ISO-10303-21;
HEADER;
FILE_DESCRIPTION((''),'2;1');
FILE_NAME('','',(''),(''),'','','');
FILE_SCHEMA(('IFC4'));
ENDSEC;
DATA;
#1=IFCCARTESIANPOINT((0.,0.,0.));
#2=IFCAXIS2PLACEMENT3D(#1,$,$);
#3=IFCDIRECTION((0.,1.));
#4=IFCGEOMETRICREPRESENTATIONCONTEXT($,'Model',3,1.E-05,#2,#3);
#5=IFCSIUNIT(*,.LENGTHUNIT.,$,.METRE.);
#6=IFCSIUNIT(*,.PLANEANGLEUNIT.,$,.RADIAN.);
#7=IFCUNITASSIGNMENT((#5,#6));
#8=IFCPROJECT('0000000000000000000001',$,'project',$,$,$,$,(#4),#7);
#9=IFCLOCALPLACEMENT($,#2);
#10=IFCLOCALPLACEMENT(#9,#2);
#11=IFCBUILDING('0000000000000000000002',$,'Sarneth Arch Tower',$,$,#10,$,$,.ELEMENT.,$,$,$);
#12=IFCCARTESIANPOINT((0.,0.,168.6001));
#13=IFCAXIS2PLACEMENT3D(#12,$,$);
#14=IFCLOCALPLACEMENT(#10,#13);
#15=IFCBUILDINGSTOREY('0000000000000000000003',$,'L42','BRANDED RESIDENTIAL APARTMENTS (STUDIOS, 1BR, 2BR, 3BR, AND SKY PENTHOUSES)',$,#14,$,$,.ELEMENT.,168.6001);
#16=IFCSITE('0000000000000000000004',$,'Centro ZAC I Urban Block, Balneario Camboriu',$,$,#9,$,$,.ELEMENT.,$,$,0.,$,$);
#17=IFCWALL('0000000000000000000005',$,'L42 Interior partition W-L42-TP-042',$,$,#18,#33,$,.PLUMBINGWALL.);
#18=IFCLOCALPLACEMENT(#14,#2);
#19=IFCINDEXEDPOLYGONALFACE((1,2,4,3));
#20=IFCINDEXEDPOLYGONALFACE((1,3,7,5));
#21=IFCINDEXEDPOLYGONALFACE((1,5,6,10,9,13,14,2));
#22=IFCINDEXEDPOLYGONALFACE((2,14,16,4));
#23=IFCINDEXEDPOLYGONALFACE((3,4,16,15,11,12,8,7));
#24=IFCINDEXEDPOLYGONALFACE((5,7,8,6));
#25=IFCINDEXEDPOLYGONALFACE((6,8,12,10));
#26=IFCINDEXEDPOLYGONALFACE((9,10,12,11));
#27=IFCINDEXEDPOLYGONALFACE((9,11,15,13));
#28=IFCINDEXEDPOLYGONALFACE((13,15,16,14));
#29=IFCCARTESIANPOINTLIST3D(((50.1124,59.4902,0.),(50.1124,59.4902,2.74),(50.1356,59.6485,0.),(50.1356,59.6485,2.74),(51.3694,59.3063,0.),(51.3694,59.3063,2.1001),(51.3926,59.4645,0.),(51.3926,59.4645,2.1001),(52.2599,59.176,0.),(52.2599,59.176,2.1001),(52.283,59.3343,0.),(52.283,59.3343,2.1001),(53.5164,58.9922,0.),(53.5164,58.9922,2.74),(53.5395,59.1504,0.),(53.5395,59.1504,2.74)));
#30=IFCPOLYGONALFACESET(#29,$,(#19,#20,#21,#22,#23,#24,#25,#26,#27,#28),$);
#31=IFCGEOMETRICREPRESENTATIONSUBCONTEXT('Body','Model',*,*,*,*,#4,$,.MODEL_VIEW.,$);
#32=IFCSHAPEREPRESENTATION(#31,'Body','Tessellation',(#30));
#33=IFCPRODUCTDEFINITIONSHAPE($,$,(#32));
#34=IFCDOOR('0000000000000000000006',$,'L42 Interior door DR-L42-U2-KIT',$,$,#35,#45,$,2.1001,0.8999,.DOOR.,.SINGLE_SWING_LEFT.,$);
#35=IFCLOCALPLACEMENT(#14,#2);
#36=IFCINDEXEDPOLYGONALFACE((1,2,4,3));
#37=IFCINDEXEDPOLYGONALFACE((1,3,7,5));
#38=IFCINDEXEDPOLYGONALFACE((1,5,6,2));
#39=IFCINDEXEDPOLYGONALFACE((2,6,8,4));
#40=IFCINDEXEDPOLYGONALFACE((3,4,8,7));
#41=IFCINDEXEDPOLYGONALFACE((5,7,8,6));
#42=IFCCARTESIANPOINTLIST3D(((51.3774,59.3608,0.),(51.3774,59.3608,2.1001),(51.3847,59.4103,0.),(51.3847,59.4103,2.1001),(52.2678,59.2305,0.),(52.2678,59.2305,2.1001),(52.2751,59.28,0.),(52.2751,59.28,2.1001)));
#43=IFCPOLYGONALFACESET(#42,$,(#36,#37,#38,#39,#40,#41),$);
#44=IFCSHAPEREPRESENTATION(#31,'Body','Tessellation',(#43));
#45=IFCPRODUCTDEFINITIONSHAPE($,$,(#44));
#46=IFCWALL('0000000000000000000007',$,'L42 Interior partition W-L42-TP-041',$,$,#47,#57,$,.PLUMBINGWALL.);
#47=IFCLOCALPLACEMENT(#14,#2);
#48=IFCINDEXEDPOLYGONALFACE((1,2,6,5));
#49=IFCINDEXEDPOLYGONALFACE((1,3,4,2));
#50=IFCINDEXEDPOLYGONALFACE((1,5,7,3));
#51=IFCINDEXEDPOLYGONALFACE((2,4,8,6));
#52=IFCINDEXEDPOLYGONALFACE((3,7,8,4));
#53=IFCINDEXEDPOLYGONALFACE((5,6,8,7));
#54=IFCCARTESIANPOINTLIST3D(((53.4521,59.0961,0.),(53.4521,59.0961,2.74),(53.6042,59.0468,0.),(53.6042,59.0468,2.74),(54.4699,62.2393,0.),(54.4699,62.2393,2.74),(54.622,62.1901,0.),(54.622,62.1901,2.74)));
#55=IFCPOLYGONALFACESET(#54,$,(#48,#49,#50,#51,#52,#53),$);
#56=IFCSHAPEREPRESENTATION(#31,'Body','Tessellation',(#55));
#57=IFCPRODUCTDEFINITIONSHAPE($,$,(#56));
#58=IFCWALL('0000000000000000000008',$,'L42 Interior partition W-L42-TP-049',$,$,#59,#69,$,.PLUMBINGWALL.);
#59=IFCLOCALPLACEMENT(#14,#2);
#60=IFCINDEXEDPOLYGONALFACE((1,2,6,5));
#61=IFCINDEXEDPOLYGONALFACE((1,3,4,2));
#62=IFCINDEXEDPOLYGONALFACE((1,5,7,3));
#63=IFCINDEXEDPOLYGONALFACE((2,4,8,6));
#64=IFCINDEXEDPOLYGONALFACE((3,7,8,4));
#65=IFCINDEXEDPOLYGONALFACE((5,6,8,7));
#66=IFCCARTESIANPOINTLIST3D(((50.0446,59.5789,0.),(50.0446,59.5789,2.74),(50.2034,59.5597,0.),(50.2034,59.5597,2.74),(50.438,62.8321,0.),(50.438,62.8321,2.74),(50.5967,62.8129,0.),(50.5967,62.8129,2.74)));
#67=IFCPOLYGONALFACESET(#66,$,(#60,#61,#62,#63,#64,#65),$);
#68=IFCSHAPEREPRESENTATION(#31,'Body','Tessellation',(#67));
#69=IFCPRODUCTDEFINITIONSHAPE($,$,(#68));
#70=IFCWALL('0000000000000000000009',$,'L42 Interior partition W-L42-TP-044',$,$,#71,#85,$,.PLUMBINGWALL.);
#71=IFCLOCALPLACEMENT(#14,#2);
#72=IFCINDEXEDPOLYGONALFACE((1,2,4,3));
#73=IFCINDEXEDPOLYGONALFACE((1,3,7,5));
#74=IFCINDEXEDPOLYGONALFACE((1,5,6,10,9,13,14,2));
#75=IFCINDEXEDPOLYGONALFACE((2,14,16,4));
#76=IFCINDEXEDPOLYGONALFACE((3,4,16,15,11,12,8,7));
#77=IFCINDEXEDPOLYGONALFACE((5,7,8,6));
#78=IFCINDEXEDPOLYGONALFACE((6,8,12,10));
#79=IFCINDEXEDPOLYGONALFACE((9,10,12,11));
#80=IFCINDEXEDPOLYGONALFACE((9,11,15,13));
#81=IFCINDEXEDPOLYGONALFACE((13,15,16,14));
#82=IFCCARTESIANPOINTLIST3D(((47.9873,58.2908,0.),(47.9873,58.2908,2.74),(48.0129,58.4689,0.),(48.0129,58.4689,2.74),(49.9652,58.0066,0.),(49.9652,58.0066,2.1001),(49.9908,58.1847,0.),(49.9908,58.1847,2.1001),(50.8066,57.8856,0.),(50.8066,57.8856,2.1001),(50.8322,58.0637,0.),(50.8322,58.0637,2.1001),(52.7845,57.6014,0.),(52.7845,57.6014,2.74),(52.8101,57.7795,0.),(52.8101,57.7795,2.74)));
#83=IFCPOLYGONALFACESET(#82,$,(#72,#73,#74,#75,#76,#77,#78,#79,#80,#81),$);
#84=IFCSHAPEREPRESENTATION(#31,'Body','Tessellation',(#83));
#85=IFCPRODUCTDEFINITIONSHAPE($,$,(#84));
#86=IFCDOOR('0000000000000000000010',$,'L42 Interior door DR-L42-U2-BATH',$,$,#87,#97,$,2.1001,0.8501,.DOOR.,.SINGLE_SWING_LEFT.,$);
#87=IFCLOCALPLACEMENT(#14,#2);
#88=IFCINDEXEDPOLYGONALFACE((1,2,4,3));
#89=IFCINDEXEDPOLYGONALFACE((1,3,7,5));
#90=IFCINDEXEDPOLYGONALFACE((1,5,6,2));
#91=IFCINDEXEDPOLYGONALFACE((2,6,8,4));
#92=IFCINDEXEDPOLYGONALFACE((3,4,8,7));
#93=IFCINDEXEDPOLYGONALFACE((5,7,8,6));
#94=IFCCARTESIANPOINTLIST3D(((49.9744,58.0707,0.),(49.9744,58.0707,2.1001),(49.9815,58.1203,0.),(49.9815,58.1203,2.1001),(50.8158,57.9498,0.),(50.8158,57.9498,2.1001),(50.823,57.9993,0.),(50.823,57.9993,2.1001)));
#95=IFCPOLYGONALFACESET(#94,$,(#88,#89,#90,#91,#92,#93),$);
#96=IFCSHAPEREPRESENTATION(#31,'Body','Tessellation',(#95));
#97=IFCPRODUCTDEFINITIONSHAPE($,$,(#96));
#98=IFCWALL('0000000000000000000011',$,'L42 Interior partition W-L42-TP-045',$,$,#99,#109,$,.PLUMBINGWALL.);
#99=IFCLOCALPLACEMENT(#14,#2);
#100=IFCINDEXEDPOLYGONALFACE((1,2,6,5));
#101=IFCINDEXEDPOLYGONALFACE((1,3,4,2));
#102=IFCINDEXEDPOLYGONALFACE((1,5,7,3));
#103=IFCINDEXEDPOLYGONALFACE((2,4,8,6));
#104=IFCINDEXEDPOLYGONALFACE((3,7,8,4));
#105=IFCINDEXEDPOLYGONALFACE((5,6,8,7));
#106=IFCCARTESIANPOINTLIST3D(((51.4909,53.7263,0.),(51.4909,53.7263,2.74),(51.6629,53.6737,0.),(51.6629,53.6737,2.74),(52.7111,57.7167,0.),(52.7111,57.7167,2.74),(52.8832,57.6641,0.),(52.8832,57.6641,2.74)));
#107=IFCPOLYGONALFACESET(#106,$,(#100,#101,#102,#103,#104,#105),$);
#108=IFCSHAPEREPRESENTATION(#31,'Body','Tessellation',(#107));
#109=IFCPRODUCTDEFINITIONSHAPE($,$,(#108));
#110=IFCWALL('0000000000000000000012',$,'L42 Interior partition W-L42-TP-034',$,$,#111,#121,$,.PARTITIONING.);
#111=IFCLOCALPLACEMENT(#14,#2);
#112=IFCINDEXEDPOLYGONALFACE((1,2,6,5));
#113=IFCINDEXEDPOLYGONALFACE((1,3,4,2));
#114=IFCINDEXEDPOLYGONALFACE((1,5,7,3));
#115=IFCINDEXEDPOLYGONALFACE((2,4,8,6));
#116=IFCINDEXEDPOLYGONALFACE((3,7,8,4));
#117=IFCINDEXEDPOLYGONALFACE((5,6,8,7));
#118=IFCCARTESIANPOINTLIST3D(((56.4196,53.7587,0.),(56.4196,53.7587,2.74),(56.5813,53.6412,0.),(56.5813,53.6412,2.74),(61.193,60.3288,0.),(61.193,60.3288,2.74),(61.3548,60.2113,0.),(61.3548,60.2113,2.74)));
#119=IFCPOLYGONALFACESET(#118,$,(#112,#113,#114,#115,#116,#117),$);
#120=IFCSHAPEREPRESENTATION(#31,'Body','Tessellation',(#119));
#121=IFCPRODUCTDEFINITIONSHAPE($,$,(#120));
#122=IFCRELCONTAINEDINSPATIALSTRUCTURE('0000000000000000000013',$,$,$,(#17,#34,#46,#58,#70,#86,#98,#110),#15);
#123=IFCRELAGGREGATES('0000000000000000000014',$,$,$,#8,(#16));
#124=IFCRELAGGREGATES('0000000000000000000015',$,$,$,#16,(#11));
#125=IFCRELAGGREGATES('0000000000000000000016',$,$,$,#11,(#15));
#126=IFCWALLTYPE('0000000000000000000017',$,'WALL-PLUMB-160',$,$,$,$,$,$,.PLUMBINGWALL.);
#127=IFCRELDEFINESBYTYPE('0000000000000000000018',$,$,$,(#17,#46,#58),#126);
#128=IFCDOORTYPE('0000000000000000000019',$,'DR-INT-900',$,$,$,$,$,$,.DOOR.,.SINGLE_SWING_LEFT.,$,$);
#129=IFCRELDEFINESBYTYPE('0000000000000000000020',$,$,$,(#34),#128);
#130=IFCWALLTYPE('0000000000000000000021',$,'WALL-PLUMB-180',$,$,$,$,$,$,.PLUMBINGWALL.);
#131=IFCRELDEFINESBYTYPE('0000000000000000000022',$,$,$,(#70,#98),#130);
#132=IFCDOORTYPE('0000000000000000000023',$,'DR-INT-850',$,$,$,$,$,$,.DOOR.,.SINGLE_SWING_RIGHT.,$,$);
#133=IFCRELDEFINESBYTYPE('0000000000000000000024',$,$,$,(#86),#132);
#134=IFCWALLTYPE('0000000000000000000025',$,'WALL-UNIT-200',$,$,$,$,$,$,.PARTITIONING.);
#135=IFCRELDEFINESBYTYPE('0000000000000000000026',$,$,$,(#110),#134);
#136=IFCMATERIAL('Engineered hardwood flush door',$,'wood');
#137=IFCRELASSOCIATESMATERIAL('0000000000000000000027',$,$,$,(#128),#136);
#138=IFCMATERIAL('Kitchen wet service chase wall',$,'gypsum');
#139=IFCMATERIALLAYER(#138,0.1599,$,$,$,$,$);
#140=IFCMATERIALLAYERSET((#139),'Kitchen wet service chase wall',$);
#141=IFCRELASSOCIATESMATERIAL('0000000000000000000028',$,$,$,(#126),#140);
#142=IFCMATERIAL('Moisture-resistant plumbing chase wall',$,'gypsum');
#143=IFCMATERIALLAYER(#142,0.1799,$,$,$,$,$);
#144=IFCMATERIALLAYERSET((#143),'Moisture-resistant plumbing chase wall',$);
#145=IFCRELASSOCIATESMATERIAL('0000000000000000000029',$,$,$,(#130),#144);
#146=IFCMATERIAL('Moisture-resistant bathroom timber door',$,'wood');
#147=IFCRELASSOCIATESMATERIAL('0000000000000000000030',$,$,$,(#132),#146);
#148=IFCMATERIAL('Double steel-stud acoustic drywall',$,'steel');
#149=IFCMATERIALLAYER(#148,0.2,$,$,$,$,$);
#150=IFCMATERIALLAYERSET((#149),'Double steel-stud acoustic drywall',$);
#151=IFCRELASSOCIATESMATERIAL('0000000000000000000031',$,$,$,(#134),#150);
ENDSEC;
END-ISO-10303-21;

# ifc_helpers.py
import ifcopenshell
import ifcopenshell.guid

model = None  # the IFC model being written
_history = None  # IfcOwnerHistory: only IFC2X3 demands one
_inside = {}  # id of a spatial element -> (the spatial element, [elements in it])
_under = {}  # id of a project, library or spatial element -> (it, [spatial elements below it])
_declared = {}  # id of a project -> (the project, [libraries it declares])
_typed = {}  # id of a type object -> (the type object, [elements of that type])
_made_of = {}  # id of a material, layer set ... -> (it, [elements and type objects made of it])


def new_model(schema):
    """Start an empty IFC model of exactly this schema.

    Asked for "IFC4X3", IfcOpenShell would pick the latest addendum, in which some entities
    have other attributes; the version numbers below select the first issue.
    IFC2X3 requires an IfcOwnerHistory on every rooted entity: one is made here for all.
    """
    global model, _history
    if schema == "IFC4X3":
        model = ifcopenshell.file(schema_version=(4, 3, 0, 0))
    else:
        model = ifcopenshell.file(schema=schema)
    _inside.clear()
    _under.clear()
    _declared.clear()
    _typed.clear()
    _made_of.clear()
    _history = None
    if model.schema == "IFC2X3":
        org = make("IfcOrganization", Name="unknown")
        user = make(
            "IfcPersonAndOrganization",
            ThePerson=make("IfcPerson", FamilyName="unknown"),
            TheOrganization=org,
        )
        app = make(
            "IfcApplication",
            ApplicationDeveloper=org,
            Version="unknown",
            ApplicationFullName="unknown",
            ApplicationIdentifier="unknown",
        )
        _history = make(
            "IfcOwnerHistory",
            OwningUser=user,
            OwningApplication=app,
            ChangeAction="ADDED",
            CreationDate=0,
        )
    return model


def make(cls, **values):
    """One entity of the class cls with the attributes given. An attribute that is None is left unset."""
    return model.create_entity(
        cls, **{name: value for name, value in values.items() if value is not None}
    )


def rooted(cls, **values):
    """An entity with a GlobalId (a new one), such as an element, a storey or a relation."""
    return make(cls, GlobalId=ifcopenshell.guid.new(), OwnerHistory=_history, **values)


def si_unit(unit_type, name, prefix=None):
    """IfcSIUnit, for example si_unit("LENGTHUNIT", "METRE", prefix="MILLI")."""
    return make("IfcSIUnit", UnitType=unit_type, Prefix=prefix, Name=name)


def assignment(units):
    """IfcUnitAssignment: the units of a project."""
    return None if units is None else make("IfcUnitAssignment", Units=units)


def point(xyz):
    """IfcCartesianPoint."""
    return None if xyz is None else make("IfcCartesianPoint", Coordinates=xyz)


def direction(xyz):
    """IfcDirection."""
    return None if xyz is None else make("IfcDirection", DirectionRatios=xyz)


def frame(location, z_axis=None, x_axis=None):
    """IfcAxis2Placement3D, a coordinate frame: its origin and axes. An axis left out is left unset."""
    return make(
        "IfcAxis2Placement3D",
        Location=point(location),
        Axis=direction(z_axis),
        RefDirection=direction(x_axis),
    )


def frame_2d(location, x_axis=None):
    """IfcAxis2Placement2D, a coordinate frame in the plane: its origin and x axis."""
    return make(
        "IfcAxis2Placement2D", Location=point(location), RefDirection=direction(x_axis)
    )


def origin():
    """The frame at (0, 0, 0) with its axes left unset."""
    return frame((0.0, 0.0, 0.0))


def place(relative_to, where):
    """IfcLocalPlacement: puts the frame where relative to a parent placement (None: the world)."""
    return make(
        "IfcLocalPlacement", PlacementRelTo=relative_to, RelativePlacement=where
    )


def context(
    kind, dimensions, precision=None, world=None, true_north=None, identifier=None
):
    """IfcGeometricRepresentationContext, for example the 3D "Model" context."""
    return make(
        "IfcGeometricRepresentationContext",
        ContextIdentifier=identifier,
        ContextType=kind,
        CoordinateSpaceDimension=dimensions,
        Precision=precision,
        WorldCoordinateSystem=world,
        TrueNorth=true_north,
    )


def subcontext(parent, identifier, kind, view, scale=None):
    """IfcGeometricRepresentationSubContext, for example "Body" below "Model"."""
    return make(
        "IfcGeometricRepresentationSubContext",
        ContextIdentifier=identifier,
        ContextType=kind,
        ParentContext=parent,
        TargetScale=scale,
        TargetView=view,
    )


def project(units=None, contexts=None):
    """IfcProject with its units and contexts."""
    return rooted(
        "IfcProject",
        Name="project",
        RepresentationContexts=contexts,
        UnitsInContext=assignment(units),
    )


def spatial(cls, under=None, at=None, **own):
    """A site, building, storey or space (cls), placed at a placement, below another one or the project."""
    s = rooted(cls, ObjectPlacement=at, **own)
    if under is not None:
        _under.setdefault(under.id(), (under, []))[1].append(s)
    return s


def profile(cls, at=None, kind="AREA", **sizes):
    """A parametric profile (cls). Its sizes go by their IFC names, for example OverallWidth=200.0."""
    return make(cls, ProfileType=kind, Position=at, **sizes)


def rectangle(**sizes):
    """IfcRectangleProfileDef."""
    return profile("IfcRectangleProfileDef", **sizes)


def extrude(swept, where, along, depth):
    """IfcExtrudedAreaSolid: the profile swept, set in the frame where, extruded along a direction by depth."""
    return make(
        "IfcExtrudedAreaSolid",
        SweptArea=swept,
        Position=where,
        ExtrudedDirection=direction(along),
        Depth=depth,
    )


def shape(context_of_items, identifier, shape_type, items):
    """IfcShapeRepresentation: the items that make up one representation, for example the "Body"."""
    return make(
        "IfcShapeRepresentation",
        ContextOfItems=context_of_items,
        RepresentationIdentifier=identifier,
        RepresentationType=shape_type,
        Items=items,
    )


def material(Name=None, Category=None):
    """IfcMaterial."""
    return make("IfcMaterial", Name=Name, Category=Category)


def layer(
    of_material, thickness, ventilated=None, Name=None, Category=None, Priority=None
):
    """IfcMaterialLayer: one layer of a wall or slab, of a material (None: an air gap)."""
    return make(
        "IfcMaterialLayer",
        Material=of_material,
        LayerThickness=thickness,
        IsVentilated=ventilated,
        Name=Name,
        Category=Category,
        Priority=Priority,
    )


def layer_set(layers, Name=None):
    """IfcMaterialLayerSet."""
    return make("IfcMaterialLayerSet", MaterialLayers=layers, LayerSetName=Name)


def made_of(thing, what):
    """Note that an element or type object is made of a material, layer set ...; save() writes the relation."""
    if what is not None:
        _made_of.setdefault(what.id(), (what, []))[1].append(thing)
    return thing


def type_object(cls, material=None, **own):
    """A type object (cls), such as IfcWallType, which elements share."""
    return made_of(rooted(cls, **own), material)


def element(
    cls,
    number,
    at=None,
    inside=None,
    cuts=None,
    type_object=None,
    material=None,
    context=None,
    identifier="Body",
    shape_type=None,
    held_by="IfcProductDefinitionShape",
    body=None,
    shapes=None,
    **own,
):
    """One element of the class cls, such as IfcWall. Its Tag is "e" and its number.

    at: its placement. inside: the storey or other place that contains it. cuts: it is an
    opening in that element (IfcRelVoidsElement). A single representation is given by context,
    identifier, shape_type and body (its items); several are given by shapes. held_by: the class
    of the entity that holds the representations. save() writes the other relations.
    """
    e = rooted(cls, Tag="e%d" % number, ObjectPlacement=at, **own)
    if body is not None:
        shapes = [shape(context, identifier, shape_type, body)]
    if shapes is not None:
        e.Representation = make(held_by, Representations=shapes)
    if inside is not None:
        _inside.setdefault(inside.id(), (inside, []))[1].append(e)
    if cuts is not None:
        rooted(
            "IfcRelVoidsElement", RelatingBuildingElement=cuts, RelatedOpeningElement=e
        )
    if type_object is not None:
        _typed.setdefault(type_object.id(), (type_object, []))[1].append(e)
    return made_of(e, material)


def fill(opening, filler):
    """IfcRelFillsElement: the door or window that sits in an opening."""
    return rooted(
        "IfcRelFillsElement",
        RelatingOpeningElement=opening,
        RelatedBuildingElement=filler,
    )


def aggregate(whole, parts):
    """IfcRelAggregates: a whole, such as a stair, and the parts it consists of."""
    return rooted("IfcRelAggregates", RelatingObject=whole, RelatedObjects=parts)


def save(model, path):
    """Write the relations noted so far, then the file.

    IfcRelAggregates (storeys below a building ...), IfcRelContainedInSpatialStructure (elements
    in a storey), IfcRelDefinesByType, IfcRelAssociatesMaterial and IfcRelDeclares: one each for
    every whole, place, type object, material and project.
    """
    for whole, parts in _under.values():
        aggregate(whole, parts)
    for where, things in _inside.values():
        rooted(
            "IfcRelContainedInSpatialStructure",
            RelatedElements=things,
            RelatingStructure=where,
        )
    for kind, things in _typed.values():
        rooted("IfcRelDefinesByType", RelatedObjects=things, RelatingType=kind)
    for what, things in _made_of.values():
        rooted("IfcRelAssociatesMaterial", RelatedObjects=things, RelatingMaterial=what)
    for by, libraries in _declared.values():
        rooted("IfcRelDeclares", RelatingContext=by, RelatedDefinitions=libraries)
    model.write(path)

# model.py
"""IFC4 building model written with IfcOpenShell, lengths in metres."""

from ifc_helpers import new_model, si_unit, direction, frame, frame_2d, origin, place, context, subcontext, project, spatial, rectangle, extrude, material, layer, layer_set, type_object, element, fill, save


model = new_model("IFC4")

# Units and contexts
model_context = context("Model", 3, precision=1e-05, world=origin(), true_north=direction((0.0, 1.0)))
body_context = subcontext(model_context, "Body", "Model", "MODEL_VIEW")
ifc_project = project(units=[si_unit("LENGTHUNIT", "METRE"), si_unit("PLANEANGLEUNIT", "RADIAN")], contexts=[model_context])

# Site, building, storey
site_placement = place(None, origin())
site = spatial("IfcSite", under=ifc_project, at=site_placement, Name="Centro ZAC I Urban Block, Balneario Camboriu", CompositionType="ELEMENT", RefElevation=0.0)
building_placement = place(site_placement, origin())
building = spatial("IfcBuilding", under=site, at=building_placement, Name="Sarneth Arch Tower", CompositionType="ELEMENT")
storey_placement = place(building_placement, frame((0.0, 0.0, 168.6001)))
storey = spatial("IfcBuildingStorey", under=building, at=storey_placement, Name="L42", Description="BRANDED RESIDENTIAL APARTMENTS (STUDIOS, 1BR, 2BR, 3BR, AND SKY PENTHOUSES)", CompositionType="ELEMENT", Elevation=168.6001)

# Shared definitions
ifc_material_1 = material(Name="Engineered hardwood flush door", Category="wood")
door_type_1 = type_object("IfcDoorType", Name="DR-INT-900", OperationType="SINGLE_SWING_LEFT", PredefinedType="DOOR", material=ifc_material_1)

# Wall, opening, door
ifc_material_2 = material(Name="Kitchen wet service chase wall", Category="gypsum")
ifc_layer_1 = layer(ifc_material_2, 0.1599)
ifc_layer_set_1 = layer_set([ifc_layer_1], Name="Kitchen wet service chase wall")
wall_type_1 = type_object("IfcWallType", Name="WALL-PLUMB-160", PredefinedType="PLUMBINGWALL", material=ifc_layer_set_1)
wall_1_placement = place(storey_placement, frame((53.5281, 59.0713, 0.0), z_axis=(0.0, 0.0, 1.0), x_axis=(-0.989466, 0.144769, 0.0)))
wall_1 = element("IfcWall", 1, at=wall_1_placement, inside=storey, type_object=wall_type_1, Name="L42 Interior partition W-L42-TP-042", PredefinedType="PLUMBINGWALL", context=body_context, shape_type="SweptSolid", body=[
    extrude(rectangle(XDim=3.4402, YDim=0.1599, at=frame_2d((1.7202, 0.0))), origin(), (0.0, 0.0, 1.0), 2.74),
])
opening_1_placement = place(wall_1_placement, frame((1.27, 0.0, 0.0)))
opening_1 = element("IfcOpeningElement", 2, at=opening_1_placement, cuts=wall_1, PredefinedType="OPENING", context=body_context, shape_type="SweptSolid", body=[
    extrude(rectangle(XDim=0.8999, YDim=2.1001, at=frame_2d((0.45, 1.05))), frame((0.0, 0.0898, 0.0), z_axis=(0.0, -1.0, 0.0), x_axis=(1.0, 0.0, 0.0)), (0.0, 0.0, 1.0), 0.1799),
])
door_1_placement = place(opening_1_placement, origin())
door_1 = element("IfcDoor", 3, at=door_1_placement, inside=storey, type_object=door_type_1, Name="L42 Interior door DR-L42-U2-KIT", OperationType="SINGLE_SWING_LEFT", OverallHeight=2.1001, OverallWidth=0.8999, PredefinedType="DOOR", context=body_context, shape_type="SweptSolid", body=[
    extrude(rectangle(XDim=0.8999, YDim=2.1001, at=frame_2d((0.45, 1.05))), frame((0.0, 0.0249, 0.0), z_axis=(0.0, -1.0, 0.0), x_axis=(1.0, 0.0, 0.0)), (0.0, 0.0, 1.0), 0.05),
])
fill(opening_1, door_1)

# Walls
wall_2_placement = place(storey_placement, frame((54.5459, 62.2146, 0.0), z_axis=(0.0, 0.0, 1.0), x_axis=(-0.308058, -0.951367, 0.0)))
element("IfcWall", 4, at=wall_2_placement, inside=storey, type_object=wall_type_1, Name="L42 Interior partition W-L42-TP-041", PredefinedType="PLUMBINGWALL", context=body_context, shape_type="SweptSolid", body=[
    extrude(rectangle(XDim=3.304, YDim=0.1599, at=frame_2d((1.6519, 0.0))), origin(), (0.0, 0.0, 1.0), 2.74),
])
wall_3_placement = place(storey_placement, frame((50.124, 59.5693, 0.0), z_axis=(0.0, 0.0, 1.0), x_axis=(0.120027, 0.992771, 0.0)))
element("IfcWall", 5, at=wall_3_placement, inside=storey, type_object=wall_type_1, Name="L42 Interior partition W-L42-TP-049", PredefinedType="PLUMBINGWALL", context=body_context, shape_type="SweptSolid", body=[
    extrude(rectangle(XDim=3.2769, YDim=0.1599, at=frame_2d((1.6384, 0.0))), origin(), (0.0, 0.0, 1.0), 2.74),
])

# Wall, opening, door
ifc_material_3 = material(Name="Moisture-resistant plumbing chase wall", Category="gypsum")
ifc_layer_2 = layer(ifc_material_3, 0.1799)
ifc_layer_set_2 = layer_set([ifc_layer_2], Name="Moisture-resistant plumbing chase wall")
wall_type_2 = type_object("IfcWallType", Name="WALL-PLUMB-180", PredefinedType="PLUMBINGWALL", material=ifc_layer_set_2)
wall_4_placement = place(storey_placement, frame((48.0, 58.3799, 0.0), z_axis=(0.0, 0.0, 1.0), x_axis=(0.989829, -0.142261, 0.0)))
wall_4 = element("IfcWall", 6, at=wall_4_placement, inside=storey, type_object=wall_type_2, Name="L42 Interior partition W-L42-TP-044", PredefinedType="PLUMBINGWALL", context=body_context, shape_type="SweptSolid", body=[
    extrude(rectangle(XDim=4.8464, YDim=0.1799, at=frame_2d((2.4233, 0.0))), origin(), (0.0, 0.0, 1.0), 2.74),
])
opening_2_placement = place(wall_4_placement, frame((1.9983, 0.0, 0.0)))
opening_2 = element("IfcOpeningElement", 7, at=opening_2_placement, cuts=wall_4, PredefinedType="OPENING", context=body_context, shape_type="SweptSolid", body=[
    extrude(rectangle(XDim=0.8501, YDim=2.1001, at=frame_2d((0.425, 1.05))), frame((0.0, 0.0999, 0.0), z_axis=(0.0, -1.0, 0.0), x_axis=(1.0, 0.0, 0.0)), (0.0, 0.0, 1.0), 0.2),
])
ifc_material_4 = material(Name="Moisture-resistant bathroom timber door", Category="wood")
door_type_2 = type_object("IfcDoorType", Name="DR-INT-850", OperationType="SINGLE_SWING_RIGHT", PredefinedType="DOOR", material=ifc_material_4)
door_2_placement = place(opening_2_placement, origin())
door_2 = element("IfcDoor", 8, at=door_2_placement, inside=storey, type_object=door_type_2, Name="L42 Interior door DR-L42-U2-BATH", OperationType="SINGLE_SWING_LEFT", OverallHeight=2.1001, OverallWidth=0.8501, PredefinedType="DOOR", context=body_context, shape_type="SweptSolid", body=[
    extrude(rectangle(XDim=0.8501, YDim=2.1001, at=frame_2d((0.425, 1.05))), frame((0.0, 0.0249, 0.0), z_axis=(0.0, -1.0, 0.0), x_axis=(1.0, 0.0, 0.0)), (0.0, 0.0, 1.0), 0.05),
])
fill(opening_2, door_2)

# Walls
wall_5_placement = place(storey_placement, frame((52.7971, 57.6904, 0.0), z_axis=(0.0, 0.0, 1.0), x_axis=(-0.292416, -0.956291, 0.0)))
element("IfcWall", 9, at=wall_5_placement, inside=storey, type_object=wall_type_2, Name="L42 Interior partition W-L42-TP-045", PredefinedType="PLUMBINGWALL", context=body_context, shape_type="SweptSolid", body=[
    extrude(rectangle(XDim=4.1729, YDim=0.1799, at=frame_2d((2.0864, 0.0))), origin(), (0.0, 0.0, 1.0), 2.74),
])
ifc_material_5 = material(Name="Double steel-stud acoustic drywall", Category="steel")
ifc_layer_3 = layer(ifc_material_5, 0.2)
ifc_layer_set_3 = layer_set([ifc_layer_3], Name="Double steel-stud acoustic drywall")
wall_type_3 = type_object("IfcWallType", Name="WALL-UNIT-200", PredefinedType="PARTITIONING", material=ifc_layer_set_3)
wall_6_placement = place(storey_placement, frame((61.2739, 60.27, 0.0), z_axis=(0.0, 0.0, 1.0), x_axis=(-0.587786, -0.809017, 0.0)))
element("IfcWall", 10, at=wall_6_placement, inside=storey, type_object=wall_type_3, Name="L42 Interior partition W-L42-TP-034", PredefinedType="PARTITIONING", context=body_context, shape_type="SweptSolid", body=[
    extrude(rectangle(XDim=8.1211, YDim=0.2, at=frame_2d((4.0605, 0.0))), origin(), (0.0, 0.0, 1.0), 2.74),
])

save(model, "model.ifc")
